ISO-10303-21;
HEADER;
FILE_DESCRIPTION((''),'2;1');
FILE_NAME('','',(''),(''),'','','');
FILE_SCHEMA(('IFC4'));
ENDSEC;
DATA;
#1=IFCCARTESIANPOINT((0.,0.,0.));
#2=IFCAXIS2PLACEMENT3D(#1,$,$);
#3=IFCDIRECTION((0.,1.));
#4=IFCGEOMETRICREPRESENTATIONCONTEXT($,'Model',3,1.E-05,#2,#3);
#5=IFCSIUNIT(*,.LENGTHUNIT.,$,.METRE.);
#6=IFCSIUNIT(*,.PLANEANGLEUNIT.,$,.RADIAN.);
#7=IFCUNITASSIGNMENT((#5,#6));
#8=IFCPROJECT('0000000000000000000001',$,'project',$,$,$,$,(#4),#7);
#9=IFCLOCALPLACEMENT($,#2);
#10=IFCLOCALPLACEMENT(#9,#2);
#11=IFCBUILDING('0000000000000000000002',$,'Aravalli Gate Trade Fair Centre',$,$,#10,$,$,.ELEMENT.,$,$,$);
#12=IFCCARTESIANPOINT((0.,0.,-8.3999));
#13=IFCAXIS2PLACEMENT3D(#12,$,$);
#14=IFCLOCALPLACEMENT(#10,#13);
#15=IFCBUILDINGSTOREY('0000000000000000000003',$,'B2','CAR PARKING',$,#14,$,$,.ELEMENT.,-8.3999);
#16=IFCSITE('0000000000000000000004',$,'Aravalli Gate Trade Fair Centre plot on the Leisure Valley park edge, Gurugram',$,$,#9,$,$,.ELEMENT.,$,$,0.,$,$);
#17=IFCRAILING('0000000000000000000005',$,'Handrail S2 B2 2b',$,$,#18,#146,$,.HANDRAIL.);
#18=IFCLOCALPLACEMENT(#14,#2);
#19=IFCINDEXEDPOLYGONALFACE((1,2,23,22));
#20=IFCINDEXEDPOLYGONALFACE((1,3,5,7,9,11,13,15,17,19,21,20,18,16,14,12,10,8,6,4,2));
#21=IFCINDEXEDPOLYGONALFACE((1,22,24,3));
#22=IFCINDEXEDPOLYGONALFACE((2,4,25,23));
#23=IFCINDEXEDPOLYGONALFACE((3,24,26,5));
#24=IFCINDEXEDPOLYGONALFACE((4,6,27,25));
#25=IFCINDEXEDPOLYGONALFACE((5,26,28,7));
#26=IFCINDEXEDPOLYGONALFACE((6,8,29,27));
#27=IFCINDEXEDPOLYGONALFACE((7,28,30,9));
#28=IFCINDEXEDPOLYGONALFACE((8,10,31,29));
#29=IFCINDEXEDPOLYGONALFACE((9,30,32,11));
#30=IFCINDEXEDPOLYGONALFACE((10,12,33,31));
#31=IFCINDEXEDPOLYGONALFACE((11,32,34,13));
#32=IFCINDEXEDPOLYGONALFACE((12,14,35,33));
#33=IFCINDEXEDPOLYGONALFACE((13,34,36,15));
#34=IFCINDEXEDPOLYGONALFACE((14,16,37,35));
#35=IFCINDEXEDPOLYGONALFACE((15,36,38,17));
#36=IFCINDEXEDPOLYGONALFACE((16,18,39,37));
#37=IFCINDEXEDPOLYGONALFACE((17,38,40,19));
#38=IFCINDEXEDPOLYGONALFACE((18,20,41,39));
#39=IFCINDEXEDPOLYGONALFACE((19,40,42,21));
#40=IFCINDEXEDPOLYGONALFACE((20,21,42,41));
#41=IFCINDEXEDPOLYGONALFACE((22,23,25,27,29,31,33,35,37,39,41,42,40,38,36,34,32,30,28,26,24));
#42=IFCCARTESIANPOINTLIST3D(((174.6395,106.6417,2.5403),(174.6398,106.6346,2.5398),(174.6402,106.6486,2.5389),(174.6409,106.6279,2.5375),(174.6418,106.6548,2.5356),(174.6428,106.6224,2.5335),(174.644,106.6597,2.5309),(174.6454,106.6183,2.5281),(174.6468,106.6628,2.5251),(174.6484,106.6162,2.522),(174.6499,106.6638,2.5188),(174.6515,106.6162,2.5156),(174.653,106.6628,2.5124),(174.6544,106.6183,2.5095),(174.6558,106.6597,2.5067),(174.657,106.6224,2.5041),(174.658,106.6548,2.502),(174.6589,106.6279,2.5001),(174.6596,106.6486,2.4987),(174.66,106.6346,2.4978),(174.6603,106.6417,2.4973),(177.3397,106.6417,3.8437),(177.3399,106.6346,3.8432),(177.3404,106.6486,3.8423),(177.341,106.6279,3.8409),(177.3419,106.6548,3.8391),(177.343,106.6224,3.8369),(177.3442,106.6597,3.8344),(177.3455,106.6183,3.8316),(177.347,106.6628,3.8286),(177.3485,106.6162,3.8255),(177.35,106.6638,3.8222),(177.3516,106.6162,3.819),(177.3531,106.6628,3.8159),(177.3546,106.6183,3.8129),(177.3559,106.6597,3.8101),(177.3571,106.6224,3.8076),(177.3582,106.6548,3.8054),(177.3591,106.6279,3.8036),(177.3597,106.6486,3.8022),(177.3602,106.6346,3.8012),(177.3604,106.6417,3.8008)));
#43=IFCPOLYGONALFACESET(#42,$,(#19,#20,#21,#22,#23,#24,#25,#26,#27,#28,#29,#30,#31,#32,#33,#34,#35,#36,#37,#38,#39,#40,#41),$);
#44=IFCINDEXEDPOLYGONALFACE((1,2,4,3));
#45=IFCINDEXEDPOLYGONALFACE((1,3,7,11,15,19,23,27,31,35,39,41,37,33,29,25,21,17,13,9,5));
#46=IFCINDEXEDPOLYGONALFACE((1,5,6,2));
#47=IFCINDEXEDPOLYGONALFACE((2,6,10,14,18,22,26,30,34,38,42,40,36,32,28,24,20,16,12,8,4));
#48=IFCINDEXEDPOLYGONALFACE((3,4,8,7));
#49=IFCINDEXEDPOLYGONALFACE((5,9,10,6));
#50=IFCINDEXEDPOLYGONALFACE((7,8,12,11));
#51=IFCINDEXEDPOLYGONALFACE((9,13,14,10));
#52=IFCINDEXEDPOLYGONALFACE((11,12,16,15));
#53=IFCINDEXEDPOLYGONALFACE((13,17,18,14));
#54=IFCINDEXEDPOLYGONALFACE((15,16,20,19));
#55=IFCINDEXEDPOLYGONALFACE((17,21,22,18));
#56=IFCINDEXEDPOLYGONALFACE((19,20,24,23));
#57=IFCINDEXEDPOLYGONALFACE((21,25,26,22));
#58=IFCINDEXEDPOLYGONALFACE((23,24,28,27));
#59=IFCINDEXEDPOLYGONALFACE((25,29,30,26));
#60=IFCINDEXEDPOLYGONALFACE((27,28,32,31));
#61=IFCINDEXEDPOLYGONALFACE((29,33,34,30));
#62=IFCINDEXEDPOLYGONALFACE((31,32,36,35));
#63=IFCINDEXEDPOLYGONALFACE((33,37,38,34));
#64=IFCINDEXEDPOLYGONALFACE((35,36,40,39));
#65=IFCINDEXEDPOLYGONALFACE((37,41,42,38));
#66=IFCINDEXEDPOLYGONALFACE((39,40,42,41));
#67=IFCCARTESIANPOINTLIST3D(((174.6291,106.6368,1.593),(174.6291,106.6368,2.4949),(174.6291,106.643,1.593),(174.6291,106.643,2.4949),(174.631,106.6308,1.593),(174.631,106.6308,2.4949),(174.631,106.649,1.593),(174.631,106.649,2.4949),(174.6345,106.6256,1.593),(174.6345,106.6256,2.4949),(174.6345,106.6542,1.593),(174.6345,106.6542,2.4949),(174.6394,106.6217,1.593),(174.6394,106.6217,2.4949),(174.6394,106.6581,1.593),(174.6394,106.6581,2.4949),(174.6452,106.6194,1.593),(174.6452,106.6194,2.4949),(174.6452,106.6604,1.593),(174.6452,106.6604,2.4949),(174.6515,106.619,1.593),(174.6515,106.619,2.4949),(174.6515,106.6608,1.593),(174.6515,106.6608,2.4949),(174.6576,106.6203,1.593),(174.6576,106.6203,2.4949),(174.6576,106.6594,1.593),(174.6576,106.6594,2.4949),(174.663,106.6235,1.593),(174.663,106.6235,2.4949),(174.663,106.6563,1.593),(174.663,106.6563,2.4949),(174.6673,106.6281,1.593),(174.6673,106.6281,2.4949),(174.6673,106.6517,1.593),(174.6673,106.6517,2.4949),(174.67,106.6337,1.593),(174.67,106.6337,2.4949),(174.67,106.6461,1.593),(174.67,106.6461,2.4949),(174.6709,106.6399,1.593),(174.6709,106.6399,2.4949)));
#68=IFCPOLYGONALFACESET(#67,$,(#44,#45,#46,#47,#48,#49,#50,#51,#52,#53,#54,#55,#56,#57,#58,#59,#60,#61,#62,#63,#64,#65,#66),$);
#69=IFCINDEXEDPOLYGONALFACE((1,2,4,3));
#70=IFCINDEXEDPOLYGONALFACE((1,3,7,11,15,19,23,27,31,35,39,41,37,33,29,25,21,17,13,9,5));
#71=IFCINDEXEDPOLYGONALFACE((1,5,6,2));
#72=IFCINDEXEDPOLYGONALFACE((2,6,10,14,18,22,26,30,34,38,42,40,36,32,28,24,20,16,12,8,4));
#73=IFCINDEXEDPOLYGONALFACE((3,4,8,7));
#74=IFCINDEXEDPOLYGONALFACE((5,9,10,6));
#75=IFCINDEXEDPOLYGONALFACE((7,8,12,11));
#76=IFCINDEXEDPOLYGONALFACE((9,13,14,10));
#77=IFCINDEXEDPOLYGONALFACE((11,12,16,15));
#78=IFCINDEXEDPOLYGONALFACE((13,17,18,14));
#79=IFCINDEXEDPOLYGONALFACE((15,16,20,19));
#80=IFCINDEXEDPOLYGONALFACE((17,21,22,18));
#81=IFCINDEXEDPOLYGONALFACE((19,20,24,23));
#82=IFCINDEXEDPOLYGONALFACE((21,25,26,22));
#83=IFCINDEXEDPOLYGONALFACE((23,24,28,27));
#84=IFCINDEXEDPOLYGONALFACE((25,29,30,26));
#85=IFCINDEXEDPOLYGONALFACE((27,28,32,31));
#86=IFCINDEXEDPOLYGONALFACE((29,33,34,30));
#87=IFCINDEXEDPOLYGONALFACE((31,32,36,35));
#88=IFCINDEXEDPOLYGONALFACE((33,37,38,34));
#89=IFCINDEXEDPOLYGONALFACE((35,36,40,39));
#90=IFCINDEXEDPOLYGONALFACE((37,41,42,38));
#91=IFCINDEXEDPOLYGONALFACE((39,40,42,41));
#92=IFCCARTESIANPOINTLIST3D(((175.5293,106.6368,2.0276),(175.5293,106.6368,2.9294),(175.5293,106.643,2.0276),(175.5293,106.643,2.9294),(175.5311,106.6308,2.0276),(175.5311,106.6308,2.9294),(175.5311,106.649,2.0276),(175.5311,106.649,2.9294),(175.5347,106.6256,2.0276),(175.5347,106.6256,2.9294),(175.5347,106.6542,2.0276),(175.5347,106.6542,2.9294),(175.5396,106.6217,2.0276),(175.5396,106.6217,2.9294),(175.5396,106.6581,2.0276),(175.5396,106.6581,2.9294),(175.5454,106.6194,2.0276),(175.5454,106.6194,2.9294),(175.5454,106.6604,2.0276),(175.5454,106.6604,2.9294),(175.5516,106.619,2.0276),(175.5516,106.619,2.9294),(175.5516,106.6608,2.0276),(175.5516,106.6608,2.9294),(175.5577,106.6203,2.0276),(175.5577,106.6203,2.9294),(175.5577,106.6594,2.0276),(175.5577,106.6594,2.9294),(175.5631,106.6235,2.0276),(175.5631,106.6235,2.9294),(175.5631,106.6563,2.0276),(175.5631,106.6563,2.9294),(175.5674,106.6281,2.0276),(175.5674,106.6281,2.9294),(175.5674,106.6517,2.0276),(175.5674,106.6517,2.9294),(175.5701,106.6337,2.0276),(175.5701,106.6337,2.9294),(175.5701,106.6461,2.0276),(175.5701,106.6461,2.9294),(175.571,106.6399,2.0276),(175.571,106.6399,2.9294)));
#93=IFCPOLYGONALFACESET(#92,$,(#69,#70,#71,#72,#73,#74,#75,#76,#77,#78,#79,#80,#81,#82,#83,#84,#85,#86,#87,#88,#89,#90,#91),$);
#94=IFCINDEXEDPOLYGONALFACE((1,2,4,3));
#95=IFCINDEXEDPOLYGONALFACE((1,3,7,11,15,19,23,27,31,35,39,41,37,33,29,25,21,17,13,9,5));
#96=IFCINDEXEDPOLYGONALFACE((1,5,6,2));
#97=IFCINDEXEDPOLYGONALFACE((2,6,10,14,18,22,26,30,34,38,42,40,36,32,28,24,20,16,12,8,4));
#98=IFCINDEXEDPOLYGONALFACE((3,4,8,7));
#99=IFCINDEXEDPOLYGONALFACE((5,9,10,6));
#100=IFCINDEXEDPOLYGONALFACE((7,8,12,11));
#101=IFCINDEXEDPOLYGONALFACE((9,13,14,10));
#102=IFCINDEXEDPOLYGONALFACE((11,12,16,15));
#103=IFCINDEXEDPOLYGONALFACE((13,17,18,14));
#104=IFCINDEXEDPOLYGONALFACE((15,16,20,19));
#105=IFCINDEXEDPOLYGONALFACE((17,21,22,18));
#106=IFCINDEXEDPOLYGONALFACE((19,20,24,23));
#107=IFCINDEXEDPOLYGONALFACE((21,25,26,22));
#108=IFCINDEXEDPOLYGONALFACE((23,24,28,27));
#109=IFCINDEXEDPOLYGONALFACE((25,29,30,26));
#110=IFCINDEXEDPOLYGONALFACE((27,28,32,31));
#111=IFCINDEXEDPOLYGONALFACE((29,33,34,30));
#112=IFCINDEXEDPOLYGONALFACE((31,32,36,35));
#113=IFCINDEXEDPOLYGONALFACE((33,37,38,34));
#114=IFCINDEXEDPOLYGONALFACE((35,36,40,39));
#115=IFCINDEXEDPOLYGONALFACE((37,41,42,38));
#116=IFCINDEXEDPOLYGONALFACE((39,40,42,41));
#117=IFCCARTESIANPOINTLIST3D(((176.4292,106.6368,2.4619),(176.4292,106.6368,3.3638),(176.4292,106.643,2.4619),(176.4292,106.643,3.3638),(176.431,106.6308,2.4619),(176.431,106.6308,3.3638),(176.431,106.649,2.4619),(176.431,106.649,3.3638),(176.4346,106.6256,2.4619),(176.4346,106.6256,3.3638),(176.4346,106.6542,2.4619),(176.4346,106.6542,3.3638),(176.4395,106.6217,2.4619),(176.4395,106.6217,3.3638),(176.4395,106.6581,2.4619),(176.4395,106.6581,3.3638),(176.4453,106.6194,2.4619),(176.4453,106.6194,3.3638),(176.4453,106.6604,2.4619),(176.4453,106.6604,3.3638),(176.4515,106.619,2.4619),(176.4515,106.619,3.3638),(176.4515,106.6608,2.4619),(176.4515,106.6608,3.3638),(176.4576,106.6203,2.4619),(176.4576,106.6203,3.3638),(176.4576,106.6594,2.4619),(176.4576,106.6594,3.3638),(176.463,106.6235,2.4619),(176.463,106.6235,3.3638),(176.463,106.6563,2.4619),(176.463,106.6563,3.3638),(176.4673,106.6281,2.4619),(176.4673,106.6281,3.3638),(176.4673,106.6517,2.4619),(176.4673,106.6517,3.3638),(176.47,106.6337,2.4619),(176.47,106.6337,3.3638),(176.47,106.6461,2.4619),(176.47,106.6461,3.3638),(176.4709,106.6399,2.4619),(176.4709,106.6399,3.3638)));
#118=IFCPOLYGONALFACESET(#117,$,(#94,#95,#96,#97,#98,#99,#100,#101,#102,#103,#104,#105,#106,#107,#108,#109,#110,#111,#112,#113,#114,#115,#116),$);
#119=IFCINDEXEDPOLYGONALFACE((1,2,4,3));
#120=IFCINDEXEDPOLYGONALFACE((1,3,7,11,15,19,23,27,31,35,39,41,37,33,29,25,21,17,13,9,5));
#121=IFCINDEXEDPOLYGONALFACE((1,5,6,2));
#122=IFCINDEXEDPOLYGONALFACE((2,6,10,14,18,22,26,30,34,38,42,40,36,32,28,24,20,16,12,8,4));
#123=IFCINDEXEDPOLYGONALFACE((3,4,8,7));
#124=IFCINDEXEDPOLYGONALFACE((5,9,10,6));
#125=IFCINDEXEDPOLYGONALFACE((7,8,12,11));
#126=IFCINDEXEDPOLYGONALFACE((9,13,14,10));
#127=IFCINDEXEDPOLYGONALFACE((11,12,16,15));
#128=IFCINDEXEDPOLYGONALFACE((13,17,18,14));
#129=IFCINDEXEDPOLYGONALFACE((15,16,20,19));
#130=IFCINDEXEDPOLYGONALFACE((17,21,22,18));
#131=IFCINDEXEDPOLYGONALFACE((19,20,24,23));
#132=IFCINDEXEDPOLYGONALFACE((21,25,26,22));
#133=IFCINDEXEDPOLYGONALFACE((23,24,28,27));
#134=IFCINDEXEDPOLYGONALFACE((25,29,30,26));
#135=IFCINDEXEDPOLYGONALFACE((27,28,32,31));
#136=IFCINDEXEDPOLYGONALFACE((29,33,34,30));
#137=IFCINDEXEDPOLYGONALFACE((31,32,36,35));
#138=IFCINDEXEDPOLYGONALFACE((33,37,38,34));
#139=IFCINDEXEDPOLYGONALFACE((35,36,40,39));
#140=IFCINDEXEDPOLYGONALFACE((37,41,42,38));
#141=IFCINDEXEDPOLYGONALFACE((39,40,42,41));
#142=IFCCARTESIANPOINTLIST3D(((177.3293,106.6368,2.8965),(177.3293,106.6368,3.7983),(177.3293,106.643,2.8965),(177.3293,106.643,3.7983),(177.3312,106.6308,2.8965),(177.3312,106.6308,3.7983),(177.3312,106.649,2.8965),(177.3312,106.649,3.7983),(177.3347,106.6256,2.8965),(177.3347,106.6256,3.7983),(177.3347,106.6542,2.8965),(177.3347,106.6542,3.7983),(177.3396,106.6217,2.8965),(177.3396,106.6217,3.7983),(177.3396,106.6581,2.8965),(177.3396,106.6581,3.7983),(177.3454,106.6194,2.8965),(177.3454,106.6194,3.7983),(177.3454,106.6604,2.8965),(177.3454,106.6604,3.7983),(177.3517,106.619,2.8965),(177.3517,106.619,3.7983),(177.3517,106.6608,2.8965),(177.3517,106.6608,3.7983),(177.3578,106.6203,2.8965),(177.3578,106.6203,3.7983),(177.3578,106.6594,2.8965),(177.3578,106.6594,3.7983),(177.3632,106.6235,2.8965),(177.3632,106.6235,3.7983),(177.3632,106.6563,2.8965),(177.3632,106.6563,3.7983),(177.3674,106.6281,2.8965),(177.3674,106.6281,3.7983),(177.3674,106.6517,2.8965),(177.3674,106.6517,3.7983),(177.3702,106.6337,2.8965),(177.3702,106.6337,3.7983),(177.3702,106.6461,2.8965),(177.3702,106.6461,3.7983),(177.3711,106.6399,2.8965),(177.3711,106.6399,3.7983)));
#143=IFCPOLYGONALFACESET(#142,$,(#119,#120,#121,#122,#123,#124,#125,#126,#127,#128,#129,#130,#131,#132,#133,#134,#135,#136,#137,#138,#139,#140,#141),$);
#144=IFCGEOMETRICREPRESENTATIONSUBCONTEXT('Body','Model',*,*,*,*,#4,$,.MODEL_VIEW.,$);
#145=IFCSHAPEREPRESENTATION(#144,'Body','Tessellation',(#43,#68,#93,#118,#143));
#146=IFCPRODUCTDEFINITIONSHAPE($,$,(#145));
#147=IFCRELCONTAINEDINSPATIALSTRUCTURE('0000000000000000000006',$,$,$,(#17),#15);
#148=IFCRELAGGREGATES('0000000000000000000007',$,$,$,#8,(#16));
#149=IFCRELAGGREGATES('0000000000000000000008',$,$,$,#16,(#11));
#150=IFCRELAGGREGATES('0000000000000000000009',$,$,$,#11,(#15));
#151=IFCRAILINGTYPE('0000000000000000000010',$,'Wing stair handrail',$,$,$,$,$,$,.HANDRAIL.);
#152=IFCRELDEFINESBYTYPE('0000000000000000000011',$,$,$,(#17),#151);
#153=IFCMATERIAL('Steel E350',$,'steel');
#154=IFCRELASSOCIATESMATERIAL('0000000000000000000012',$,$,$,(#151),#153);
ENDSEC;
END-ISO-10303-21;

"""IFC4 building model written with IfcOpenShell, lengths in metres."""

from ifc_helpers import new_model, si_unit, direction, frame, origin, origin_2d, place, context, subcontext, project, spatial, circle, extrude, material, type_object, element, save


model = new_model("IFC4")

# Units and contexts
model_context = context("Model", 3, precision=1e-05, world=origin(), true_north=direction((0.0, 1.0)))
body_context = subcontext(model_context, "Body", "Model", "MODEL_VIEW")
ifc_project = project(units=[si_unit("LENGTHUNIT", "METRE"), si_unit("PLANEANGLEUNIT", "RADIAN")], contexts=[model_context])

# Site, building, storey
site_placement = place(None, origin())
site = spatial("IfcSite", under=ifc_project, at=site_placement, Name="Aravalli Gate Trade Fair Centre plot on the Leisure Valley park edge, Gurugram", CompositionType="ELEMENT", RefElevation=0.0)
building_placement = place(site_placement, origin())
building = spatial("IfcBuilding", under=site, at=building_placement, Name="Aravalli Gate Trade Fair Centre", CompositionType="ELEMENT")
storey_placement = place(building_placement, frame((0.0, 0.0, -8.3999)))
storey = spatial("IfcBuildingStorey", under=building, at=storey_placement, Name="B2", Description="CAR PARKING", CompositionType="ELEMENT", Elevation=-8.3999)

# Shared definitions
ifc_material_1 = material(Name="Steel E350", Category="steel")

# Railing
railing_type = type_object("IfcRailingType", Name="Wing stair handrail", PredefinedType="HANDRAIL", material=ifc_material_1)
for number, where, name in (
    (1, (174.6499, 106.6399, 1.593), "Handrail S2 B2 2b"),
):
    element("IfcRailing", number, at=place(storey_placement, frame(where)), inside=storey, type_object=railing_type, Name=name, PredefinedType="HANDRAIL", context=body_context, shape_type="SweptSolid", body=[
        extrude(circle(Radius=0.0239, at=origin_2d()), frame((0.0, 0.0, 0.9258), z_axis=(0.900562, 0.0, 0.434729), x_axis=(0.0, 1.0, 0.0)), (0.0, 0.0, 1.0), 2.9983),
        extrude(circle(Radius=0.021, at=origin_2d()), origin(), (0.0, 0.0, 1.0), 0.9019),
        extrude(circle(Radius=0.021, at=origin_2d()), frame((0.9001, 0.0, 0.4346)), (0.0, 0.0, 1.0), 0.9019),
        extrude(circle(Radius=0.021, at=origin_2d()), frame((1.8, 0.0, 0.8689)), (0.0, 0.0, 1.0), 0.9019),
        extrude(circle(Radius=0.021, at=origin_2d()), frame((2.7002, 0.0, 1.3035)), (0.0, 0.0, 1.0), 0.9019),
    ])

save(model, "model.ifc")
